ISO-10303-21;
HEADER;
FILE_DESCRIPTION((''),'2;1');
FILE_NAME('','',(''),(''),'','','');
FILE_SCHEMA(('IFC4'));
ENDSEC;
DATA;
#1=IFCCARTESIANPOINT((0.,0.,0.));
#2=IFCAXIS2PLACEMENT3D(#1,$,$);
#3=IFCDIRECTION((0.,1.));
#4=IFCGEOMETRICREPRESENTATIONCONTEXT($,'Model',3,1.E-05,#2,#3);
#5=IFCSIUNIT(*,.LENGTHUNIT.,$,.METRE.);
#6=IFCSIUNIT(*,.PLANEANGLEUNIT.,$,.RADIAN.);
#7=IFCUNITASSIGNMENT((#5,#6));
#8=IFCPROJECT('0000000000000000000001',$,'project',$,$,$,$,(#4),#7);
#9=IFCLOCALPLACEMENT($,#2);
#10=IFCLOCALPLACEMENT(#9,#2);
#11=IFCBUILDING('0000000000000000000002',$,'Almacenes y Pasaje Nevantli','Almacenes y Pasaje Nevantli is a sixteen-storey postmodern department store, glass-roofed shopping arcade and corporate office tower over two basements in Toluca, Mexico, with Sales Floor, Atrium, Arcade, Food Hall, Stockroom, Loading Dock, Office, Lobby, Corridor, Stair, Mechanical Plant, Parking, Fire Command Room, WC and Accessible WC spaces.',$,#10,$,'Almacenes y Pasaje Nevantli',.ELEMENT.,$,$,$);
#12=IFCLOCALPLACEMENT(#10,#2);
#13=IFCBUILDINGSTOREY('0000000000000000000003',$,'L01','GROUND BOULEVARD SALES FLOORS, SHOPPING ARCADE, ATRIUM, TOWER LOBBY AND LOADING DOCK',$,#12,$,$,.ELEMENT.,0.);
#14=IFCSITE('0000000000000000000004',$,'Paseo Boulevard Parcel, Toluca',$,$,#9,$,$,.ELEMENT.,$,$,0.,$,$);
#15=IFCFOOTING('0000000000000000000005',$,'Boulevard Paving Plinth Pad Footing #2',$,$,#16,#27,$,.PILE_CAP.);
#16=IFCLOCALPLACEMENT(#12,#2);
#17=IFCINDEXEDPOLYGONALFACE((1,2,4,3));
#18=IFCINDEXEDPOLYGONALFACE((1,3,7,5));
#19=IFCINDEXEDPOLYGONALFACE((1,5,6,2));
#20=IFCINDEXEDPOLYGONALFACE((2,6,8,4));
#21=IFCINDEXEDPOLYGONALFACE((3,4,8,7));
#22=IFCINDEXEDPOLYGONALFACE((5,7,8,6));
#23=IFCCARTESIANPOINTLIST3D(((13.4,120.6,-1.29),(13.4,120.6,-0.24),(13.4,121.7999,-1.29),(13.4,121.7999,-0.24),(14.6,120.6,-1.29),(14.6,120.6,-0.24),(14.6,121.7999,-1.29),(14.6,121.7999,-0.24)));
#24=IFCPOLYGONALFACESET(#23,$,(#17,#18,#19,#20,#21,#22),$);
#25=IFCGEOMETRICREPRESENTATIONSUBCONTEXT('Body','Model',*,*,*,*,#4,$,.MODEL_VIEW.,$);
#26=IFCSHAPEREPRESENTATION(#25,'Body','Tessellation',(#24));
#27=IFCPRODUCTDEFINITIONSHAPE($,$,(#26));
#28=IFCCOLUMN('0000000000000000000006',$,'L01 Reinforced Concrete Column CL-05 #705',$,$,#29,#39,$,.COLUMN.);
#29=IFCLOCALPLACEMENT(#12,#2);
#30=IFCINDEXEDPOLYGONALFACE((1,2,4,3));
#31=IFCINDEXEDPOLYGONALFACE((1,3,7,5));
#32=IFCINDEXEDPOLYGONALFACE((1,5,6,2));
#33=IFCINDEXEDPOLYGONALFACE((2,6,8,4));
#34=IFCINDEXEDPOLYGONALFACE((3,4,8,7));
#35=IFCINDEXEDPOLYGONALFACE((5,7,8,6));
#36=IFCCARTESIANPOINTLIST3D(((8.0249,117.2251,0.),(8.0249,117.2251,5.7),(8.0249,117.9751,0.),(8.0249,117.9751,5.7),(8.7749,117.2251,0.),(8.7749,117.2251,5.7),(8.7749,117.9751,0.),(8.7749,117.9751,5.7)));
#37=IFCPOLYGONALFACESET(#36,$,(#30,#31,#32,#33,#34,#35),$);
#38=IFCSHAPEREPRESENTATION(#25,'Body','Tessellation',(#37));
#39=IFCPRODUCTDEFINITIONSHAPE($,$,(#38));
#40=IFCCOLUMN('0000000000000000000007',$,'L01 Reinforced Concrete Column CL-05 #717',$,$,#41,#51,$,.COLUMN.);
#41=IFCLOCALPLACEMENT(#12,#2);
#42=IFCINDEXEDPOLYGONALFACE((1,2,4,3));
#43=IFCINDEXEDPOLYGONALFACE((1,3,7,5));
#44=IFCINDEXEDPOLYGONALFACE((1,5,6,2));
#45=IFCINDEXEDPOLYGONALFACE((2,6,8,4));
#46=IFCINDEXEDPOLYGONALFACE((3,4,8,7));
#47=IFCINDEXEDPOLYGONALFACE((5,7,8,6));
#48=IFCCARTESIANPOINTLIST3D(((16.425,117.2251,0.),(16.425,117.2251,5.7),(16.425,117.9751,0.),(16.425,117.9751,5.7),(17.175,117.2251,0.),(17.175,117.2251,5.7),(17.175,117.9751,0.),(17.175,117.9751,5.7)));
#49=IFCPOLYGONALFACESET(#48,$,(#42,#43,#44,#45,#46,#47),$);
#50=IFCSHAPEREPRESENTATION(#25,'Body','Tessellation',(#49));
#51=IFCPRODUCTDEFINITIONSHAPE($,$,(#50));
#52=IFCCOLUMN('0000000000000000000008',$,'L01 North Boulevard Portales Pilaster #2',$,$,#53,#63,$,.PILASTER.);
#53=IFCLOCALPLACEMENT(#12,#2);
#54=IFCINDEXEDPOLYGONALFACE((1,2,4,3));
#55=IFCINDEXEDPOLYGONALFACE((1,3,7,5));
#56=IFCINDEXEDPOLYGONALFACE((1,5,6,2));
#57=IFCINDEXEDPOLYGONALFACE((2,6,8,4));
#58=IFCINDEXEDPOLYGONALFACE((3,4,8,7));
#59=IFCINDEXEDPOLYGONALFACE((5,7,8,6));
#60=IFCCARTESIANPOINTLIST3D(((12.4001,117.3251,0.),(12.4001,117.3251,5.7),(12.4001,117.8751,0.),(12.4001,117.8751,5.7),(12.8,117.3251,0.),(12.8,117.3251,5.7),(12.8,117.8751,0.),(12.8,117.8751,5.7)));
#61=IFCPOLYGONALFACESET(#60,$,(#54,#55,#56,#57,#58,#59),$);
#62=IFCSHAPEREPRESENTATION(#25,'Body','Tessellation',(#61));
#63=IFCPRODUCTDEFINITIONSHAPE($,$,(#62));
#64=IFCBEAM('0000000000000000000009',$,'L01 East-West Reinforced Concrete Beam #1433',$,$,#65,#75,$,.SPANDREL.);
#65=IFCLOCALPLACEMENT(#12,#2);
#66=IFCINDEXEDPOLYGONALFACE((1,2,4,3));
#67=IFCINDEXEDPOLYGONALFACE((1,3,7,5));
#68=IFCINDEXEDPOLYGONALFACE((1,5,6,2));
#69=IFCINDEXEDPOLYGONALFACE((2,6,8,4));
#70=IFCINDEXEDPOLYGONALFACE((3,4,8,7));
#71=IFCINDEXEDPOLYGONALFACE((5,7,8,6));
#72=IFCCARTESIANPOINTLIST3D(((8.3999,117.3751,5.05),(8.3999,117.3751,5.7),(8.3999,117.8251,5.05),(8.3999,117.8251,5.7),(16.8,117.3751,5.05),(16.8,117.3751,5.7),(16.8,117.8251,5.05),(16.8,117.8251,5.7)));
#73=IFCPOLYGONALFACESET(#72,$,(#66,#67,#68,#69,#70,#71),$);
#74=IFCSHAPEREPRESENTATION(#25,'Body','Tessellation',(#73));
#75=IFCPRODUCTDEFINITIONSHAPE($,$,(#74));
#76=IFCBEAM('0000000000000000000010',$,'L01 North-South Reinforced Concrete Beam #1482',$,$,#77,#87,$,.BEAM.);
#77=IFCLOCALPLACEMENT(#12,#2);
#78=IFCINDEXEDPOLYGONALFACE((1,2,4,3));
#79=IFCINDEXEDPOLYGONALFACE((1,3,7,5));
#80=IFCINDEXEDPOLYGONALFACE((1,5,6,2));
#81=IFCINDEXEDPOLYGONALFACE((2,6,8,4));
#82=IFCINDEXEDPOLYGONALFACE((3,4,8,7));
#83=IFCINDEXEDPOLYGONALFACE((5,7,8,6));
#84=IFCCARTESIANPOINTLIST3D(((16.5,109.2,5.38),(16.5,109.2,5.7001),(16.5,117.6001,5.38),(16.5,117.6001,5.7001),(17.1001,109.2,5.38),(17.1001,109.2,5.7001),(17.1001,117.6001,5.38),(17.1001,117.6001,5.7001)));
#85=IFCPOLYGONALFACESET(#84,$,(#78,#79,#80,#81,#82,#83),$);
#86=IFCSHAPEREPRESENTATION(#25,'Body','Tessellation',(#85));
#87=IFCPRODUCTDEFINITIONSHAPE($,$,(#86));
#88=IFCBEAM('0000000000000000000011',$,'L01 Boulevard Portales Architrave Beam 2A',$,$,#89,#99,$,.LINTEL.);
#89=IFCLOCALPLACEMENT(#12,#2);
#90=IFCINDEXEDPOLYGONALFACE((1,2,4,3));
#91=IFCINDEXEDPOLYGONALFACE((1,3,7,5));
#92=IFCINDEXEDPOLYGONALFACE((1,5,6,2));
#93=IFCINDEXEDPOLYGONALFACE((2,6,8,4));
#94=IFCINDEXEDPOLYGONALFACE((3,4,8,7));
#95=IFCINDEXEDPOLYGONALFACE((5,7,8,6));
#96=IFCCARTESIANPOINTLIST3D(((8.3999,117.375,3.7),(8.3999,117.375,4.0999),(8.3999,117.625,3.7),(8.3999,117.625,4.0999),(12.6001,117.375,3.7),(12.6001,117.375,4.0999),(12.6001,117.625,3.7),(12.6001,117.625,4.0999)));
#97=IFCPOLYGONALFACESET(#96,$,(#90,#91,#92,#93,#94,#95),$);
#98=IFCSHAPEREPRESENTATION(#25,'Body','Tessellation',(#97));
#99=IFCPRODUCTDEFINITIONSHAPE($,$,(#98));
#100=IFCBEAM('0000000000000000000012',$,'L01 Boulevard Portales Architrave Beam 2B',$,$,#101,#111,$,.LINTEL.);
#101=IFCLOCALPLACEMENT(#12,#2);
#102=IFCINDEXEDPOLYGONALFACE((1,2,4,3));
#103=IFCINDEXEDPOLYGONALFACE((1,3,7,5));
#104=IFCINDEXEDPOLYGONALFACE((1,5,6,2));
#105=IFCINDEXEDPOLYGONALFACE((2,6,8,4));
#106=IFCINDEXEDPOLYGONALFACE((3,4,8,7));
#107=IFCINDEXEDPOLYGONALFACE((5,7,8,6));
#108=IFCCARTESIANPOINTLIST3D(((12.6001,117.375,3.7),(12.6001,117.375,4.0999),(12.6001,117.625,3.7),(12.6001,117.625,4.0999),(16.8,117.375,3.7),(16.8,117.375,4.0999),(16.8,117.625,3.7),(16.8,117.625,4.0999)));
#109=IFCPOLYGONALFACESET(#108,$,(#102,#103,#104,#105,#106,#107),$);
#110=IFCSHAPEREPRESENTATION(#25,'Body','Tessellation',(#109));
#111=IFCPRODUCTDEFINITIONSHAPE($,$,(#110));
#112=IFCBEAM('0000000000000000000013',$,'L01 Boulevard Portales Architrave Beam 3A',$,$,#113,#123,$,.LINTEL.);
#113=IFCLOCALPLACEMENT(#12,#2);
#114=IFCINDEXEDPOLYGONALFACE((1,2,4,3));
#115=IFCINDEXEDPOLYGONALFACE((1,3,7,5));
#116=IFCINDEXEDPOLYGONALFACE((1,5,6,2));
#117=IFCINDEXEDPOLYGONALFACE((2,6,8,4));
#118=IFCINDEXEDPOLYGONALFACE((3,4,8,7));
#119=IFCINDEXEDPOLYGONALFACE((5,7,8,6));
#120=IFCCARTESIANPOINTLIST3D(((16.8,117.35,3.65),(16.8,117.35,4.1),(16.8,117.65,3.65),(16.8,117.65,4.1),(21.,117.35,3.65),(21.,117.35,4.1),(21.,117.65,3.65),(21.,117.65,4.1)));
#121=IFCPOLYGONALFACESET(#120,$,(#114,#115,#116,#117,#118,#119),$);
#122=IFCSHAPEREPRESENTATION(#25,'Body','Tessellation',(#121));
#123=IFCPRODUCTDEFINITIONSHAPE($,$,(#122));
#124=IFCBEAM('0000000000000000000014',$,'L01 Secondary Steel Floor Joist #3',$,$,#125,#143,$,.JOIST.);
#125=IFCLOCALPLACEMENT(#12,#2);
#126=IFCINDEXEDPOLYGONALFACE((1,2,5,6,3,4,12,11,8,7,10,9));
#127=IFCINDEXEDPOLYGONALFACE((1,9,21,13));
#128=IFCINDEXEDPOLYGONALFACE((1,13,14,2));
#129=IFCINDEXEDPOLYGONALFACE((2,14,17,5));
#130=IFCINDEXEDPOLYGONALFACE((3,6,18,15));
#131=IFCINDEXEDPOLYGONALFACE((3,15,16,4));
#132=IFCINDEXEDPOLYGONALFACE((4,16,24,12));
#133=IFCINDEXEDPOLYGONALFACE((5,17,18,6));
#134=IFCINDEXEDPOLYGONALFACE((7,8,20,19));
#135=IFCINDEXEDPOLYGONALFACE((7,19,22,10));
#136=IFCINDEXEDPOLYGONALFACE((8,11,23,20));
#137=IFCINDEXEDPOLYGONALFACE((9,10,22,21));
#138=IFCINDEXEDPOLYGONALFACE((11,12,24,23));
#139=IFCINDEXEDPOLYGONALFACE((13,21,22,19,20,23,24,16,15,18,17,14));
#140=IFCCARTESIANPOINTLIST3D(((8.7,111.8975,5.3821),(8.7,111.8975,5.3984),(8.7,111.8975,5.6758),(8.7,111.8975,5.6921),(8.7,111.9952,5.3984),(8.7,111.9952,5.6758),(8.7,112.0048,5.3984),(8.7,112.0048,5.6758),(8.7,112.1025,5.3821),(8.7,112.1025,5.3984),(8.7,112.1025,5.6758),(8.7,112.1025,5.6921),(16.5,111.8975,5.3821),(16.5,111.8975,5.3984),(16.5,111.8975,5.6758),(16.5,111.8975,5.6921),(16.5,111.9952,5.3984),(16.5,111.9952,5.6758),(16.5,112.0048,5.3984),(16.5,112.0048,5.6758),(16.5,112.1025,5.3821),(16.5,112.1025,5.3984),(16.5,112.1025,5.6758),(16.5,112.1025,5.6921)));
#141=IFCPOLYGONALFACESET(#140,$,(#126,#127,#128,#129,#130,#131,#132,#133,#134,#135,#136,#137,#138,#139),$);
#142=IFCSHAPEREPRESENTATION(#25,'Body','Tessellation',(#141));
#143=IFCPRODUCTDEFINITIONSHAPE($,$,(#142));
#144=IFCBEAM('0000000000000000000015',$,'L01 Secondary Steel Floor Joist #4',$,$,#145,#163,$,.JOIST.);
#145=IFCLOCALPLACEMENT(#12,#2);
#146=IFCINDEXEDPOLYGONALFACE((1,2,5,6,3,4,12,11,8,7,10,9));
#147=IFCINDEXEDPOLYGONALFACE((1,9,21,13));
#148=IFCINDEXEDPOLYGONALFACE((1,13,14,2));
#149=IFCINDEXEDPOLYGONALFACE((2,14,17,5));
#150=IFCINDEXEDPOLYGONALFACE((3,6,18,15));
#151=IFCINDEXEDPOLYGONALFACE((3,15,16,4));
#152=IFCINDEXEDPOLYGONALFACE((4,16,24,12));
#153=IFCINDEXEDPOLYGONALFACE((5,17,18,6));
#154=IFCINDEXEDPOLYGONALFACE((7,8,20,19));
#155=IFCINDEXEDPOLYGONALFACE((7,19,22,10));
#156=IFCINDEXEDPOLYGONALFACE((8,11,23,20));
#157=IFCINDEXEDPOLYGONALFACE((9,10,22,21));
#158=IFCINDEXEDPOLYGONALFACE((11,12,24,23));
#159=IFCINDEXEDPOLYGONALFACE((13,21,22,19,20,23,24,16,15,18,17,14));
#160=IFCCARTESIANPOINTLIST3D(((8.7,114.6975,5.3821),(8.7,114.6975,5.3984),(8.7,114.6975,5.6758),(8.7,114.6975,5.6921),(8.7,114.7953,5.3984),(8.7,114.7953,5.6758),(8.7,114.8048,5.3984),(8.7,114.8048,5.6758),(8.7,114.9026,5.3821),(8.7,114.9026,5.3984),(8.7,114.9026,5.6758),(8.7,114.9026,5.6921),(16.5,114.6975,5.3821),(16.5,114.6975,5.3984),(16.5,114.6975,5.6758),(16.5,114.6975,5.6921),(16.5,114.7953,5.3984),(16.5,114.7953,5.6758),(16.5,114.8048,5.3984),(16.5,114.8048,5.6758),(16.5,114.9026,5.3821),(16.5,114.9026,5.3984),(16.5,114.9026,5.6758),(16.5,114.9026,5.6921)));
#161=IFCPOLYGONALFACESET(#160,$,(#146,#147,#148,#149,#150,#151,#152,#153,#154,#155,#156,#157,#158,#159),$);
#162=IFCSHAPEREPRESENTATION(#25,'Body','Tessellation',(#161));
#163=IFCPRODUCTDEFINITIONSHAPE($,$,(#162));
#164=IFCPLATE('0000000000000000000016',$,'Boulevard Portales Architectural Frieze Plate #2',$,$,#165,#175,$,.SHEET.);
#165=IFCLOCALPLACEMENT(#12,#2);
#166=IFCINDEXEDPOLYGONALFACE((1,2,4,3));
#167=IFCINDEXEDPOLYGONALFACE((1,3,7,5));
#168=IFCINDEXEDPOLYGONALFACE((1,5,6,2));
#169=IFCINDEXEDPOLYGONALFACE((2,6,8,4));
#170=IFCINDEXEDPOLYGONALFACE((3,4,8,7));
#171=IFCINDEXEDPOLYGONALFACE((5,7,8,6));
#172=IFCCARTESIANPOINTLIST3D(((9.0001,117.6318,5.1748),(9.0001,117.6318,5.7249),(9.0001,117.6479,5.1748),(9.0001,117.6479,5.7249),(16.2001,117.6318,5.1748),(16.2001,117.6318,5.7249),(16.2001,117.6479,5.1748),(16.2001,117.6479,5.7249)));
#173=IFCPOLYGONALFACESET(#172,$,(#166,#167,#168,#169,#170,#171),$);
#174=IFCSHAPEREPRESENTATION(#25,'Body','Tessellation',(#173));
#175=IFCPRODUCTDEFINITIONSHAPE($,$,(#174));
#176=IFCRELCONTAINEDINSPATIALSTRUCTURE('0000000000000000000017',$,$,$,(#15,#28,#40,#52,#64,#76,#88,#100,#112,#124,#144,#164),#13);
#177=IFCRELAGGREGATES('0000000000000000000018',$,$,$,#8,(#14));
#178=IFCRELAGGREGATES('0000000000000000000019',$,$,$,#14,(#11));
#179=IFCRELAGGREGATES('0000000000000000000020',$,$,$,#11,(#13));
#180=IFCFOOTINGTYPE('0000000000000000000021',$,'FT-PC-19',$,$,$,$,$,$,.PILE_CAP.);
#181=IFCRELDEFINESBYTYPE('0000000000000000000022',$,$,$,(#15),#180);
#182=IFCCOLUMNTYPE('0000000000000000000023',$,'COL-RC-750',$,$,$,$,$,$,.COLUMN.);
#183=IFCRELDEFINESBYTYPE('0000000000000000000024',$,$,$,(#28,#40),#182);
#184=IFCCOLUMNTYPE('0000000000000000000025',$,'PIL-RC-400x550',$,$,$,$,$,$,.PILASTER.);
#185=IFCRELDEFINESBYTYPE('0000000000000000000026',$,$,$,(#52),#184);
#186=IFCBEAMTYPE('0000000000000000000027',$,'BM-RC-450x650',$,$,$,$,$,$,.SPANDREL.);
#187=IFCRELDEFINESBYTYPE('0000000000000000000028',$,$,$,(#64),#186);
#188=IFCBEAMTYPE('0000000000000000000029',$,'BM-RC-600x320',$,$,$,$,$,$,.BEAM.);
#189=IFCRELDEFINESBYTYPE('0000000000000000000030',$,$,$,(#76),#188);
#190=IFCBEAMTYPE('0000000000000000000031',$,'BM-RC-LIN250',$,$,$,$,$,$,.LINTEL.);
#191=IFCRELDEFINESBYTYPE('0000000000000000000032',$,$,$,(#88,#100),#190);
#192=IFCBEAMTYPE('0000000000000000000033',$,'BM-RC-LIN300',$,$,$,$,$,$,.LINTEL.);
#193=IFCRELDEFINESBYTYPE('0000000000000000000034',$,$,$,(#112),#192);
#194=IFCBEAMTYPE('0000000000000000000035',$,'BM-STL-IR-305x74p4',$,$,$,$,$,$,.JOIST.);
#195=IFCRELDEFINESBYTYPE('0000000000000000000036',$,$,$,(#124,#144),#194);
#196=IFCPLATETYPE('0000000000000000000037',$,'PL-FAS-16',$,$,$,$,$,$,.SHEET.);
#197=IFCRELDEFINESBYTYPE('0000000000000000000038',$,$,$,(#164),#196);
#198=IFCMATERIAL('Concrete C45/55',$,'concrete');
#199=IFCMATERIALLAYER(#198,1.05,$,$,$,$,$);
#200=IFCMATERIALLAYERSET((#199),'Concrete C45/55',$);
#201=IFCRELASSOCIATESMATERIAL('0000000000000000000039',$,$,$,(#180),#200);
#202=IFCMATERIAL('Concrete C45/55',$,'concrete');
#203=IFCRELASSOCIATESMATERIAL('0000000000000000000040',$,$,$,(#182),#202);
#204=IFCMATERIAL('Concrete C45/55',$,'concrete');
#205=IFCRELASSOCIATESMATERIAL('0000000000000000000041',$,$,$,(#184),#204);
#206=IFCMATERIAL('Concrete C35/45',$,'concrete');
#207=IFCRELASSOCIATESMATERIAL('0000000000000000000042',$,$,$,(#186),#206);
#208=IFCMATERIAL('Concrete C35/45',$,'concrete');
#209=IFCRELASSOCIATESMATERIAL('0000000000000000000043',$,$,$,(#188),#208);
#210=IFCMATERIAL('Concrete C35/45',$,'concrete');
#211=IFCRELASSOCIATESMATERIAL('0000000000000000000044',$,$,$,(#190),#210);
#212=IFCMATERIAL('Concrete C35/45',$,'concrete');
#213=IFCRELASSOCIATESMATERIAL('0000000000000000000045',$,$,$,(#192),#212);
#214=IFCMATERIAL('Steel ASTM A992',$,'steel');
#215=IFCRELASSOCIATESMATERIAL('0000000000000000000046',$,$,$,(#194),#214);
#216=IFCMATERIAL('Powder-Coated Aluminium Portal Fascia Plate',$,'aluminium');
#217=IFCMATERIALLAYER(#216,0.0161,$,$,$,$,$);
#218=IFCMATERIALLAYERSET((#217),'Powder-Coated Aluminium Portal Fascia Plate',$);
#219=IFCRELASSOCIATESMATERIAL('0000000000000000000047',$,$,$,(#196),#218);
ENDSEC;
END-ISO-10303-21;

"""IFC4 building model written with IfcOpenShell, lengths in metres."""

from ifc_helpers import new_model, si_unit, direction, frame, origin, origin_2d, place, context, subcontext, project, spatial, rectangle, i_section, extrude, material, layer, layer_set, material_profile, profile_set, type_object, element, save


model = new_model("IFC4")

# Units and contexts
model_context = context("Model", 3, precision=1e-05, world=origin(), true_north=direction((0.0, 1.0)))
body_context = subcontext(model_context, "Body", "Model", "MODEL_VIEW")
ifc_project = project(units=[si_unit("LENGTHUNIT", "METRE"), si_unit("PLANEANGLEUNIT", "RADIAN")], contexts=[model_context])

# Site, building, storey
site_placement = place(None, origin())
site = spatial("IfcSite", under=ifc_project, at=site_placement, Name="Paseo Boulevard Parcel, Toluca", CompositionType="ELEMENT", RefElevation=0.0)
building_placement = place(site_placement, origin())
building = spatial("IfcBuilding", under=site, at=building_placement, Name="Almacenes y Pasaje Nevantli", Description="Almacenes y Pasaje Nevantli is a sixteen-storey postmodern department store, glass-roofed shopping arcade and corporate office tower over two basements in Toluca, Mexico, with Sales Floor, Atrium, Arcade, Food Hall, Stockroom, Loading Dock, Office, Lobby, Corridor, Stair, Mechanical Plant, Parking, Fire Command Room, WC and Accessible WC spaces.", LongName="Almacenes y Pasaje Nevantli", CompositionType="ELEMENT")
storey_placement = place(building_placement, origin())
storey = spatial("IfcBuildingStorey", under=building, at=storey_placement, Name="L01", Description="GROUND BOULEVARD SALES FLOORS, SHOPPING ARCADE, ATRIUM, TOWER LOBBY AND LOADING DOCK", CompositionType="ELEMENT", Elevation=0.0)

# Footing
ifc_material_1 = material(Name="Concrete C45/55", Category="concrete")
ifc_layer_1 = layer(ifc_material_1, 1.05)
ifc_layer_set_1 = layer_set([ifc_layer_1], Name="Concrete C45/55")
footing_type = type_object("IfcFootingType", Name="FT-PC-19", PredefinedType="PILE_CAP", material=ifc_layer_set_1)
footing_placement = place(storey_placement, frame((14.0, 121.2, -1.29), z_axis=(0.0, 0.0, 1.0), x_axis=(1.0, 0.0, 0.0)))
element("IfcFooting", 1, at=footing_placement, inside=storey, type_object=footing_type, Name="Boulevard Paving Plinth Pad Footing #2", PredefinedType="PILE_CAP", context=body_context, shape_type="SweptSolid", body=[
    extrude(rectangle(XDim=1.2, YDim=1.2, at=origin_2d()), origin(), (0.0, 0.0, 1.0), 1.05),
])

# Columns
ifc_material_2 = material(Name="Concrete C45/55", Category="concrete")
ifc_material_profile_1 = material_profile(ifc_material_2, rectangle(XDim=0.75, YDim=0.75, at=origin_2d()), Name="RC-COL-750x750")
ifc_profile_set_1 = profile_set([ifc_material_profile_1], Name="Concrete C45/55")
column_type_1 = type_object("IfcColumnType", Name="COL-RC-750", PredefinedType="COLUMN", material=ifc_profile_set_1)
for number, where, z_axis, x_axis, name in (
    (2, (8.3999, 117.6001, 0.0), (0.0, 0.0, 1.0), (1.0, 0.0, 0.0), "L01 Reinforced Concrete Column CL-05 #705"),
    (3, (16.8, 117.6001, 0.0), (0.0, 0.0, 1.0), (1.0, 0.0, 0.0), "L01 Reinforced Concrete Column CL-05 #717"),
):
    element("IfcColumn", number, at=place(storey_placement, frame(where, z_axis=z_axis, x_axis=x_axis)), inside=storey, type_object=column_type_1, Name=name, PredefinedType="COLUMN", context=body_context, shape_type="SweptSolid", body=[
        extrude(rectangle(XDim=0.75, YDim=0.75, at=origin_2d()), origin(), (0.0, 0.0, 1.0), 5.7),
    ])
ifc_material_3 = material(Name="Concrete C45/55", Category="concrete")
ifc_material_profile_2 = material_profile(ifc_material_3, rectangle(XDim=0.3999, YDim=0.55, at=origin_2d()), Name="RC-PIL-400x550")
ifc_profile_set_2 = profile_set([ifc_material_profile_2], Name="Concrete C45/55")
column_type_2 = type_object("IfcColumnType", Name="PIL-RC-400x550", PredefinedType="PILASTER", material=ifc_profile_set_2)
column_placement = place(storey_placement, frame((12.6001, 117.6001, 0.0), z_axis=(0.0, 0.0, 1.0), x_axis=(1.0, 0.0, 0.0)))
element("IfcColumn", 4, at=column_placement, inside=storey, type_object=column_type_2, Name="L01 North Boulevard Portales Pilaster #2", PredefinedType="PILASTER", context=body_context, shape_type="SweptSolid", body=[
    extrude(rectangle(XDim=0.3999, YDim=0.55, at=origin_2d()), origin(), (0.0, 0.0, 1.0), 5.7),
])

# Beams
ifc_material_4 = material(Name="Concrete C35/45", Category="concrete")
ifc_material_profile_3 = material_profile(ifc_material_4, rectangle(XDim=0.45, YDim=0.6499, at=origin_2d()), Name="RC-BM-450x650")
ifc_profile_set_3 = profile_set([ifc_material_profile_3], Name="Concrete C35/45")
beam_type_1 = type_object("IfcBeamType", Name="BM-RC-450x650", PredefinedType="SPANDREL", material=ifc_profile_set_3)
beam_1_placement = place(storey_placement, frame((8.3999, 117.6001, 5.375), z_axis=(1.0, 0.0, 0.0), x_axis=(0.0, 1.0, 0.0)))
element("IfcBeam", 5, at=beam_1_placement, inside=storey, type_object=beam_type_1, Name="L01 East-West Reinforced Concrete Beam #1433", PredefinedType="SPANDREL", context=body_context, shape_type="SweptSolid", body=[
    extrude(rectangle(XDim=0.45, YDim=0.6499, at=origin_2d()), origin(), (0.0, 0.0, 1.0), 8.4001),
])
ifc_material_5 = material(Name="Concrete C35/45", Category="concrete")
ifc_material_profile_4 = material_profile(ifc_material_5, rectangle(XDim=0.6001, YDim=0.3201, at=origin_2d()), Name="RC-BM-600x320")
ifc_profile_set_4 = profile_set([ifc_material_profile_4], Name="Concrete C35/45")
beam_type_2 = type_object("IfcBeamType", Name="BM-RC-600x320", PredefinedType="BEAM", material=ifc_profile_set_4)
beam_2_placement = place(storey_placement, frame((16.8, 109.2, 5.54), z_axis=(0.0, 1.0, 0.0), x_axis=(-1.0, 0.0, 0.0)))
element("IfcBeam", 6, at=beam_2_placement, inside=storey, type_object=beam_type_2, Name="L01 North-South Reinforced Concrete Beam #1482", PredefinedType="BEAM", context=body_context, shape_type="SweptSolid", body=[
    extrude(rectangle(XDim=0.6001, YDim=0.3201, at=origin_2d()), origin(), (0.0, 0.0, 1.0), 8.4001),
])
ifc_material_6 = material(Name="Concrete C35/45", Category="concrete")
ifc_material_profile_5 = material_profile(ifc_material_6, rectangle(XDim=0.25, YDim=0.3999, at=origin_2d()), Name="RC-LIN-250x400")
ifc_profile_set_5 = profile_set([ifc_material_profile_5], Name="Concrete C35/45")
beam_type_3 = type_object("IfcBeamType", Name="BM-RC-LIN250", PredefinedType="LINTEL", material=ifc_profile_set_5)
beam_3_placement = place(storey_placement, frame((8.3999, 117.5, 3.8999), z_axis=(1.0, 0.0, 0.0), x_axis=(0.0, 1.0, 0.0)))
element("IfcBeam", 7, at=beam_3_placement, inside=storey, type_object=beam_type_3, Name="L01 Boulevard Portales Architrave Beam 2A", PredefinedType="LINTEL", context=body_context, shape_type="SweptSolid", body=[
    extrude(rectangle(XDim=0.25, YDim=0.3999, at=origin_2d()), origin(), (0.0, 0.0, 1.0), 4.2002),
])
beam_4_placement = place(storey_placement, frame((12.6001, 117.5, 3.8999), z_axis=(1.0, 0.0, 0.0), x_axis=(0.0, 1.0, 0.0)))
element("IfcBeam", 8, at=beam_4_placement, inside=storey, type_object=beam_type_3, Name="L01 Boulevard Portales Architrave Beam 2B", PredefinedType="LINTEL", context=body_context, shape_type="SweptSolid", body=[
    extrude(rectangle(XDim=0.25, YDim=0.3999, at=origin_2d()), origin(), (0.0, 0.0, 1.0), 4.2),
])
ifc_material_7 = material(Name="Concrete C35/45", Category="concrete")
ifc_material_profile_6 = material_profile(ifc_material_7, rectangle(XDim=0.3, YDim=0.45, at=origin_2d()), Name="RC-LIN-300x450")
ifc_profile_set_6 = profile_set([ifc_material_profile_6], Name="Concrete C35/45")
beam_type_4 = type_object("IfcBeamType", Name="BM-RC-LIN300", PredefinedType="LINTEL", material=ifc_profile_set_6)
beam_5_placement = place(storey_placement, frame((16.8, 117.5, 3.875), z_axis=(1.0, 0.0, 0.0), x_axis=(0.0, 1.0, 0.0)))
element("IfcBeam", 9, at=beam_5_placement, inside=storey, type_object=beam_type_4, Name="L01 Boulevard Portales Architrave Beam 3A", PredefinedType="LINTEL", context=body_context, shape_type="SweptSolid", body=[
    extrude(rectangle(XDim=0.3, YDim=0.45, at=origin_2d()), origin(), (0.0, 0.0, 1.0), 4.2),
])
ifc_material_8 = material(Name="Steel ASTM A992", Category="steel")
ifc_material_profile_7 = material_profile(ifc_material_8, i_section(OverallWidth=0.2051, OverallDepth=0.3101, WebThickness=0.0095, FlangeThickness=0.0164, at=origin_2d()), Name="IR 305x74.4")
ifc_profile_set_7 = profile_set([ifc_material_profile_7], Name="Steel ASTM A992")
beam_type_5 = type_object("IfcBeamType", Name="BM-STL-IR-305x74p4", PredefinedType="JOIST", material=ifc_profile_set_7)
for number, where, z_axis, x_axis, name in (
    (10, (8.7, 112.0, 5.5371), (1.0, 0.0, 0.0), (0.0, 1.0, 0.0), "L01 Secondary Steel Floor Joist #3"),
    (11, (8.7, 114.8, 5.5371), (1.0, 0.0, 0.0), (0.0, 1.0, 0.0), "L01 Secondary Steel Floor Joist #4"),
):
    element("IfcBeam", number, at=place(storey_placement, frame(where, z_axis=z_axis, x_axis=x_axis)), inside=storey, type_object=beam_type_5, Name=name, PredefinedType="JOIST", context=body_context, shape_type="SweptSolid", body=[
        extrude(i_section(OverallWidth=0.2051, OverallDepth=0.3101, WebThickness=0.0095, FlangeThickness=0.0164, at=origin_2d()), origin(), (0.0, 0.0, 1.0), 7.8),
    ])

# Plate
ifc_material_9 = material(Name="Powder-Coated Aluminium Portal Fascia Plate", Category="aluminium")
ifc_layer_2 = layer(ifc_material_9, 0.0161)
ifc_layer_set_2 = layer_set([ifc_layer_2], Name="Powder-Coated Aluminium Portal Fascia Plate")
plate_type = type_object("IfcPlateType", Name="PL-FAS-16", PredefinedType="SHEET", material=ifc_layer_set_2)
plate_placement = place(storey_placement, frame((12.6001, 117.6399, 5.1748), z_axis=(0.0, 0.0, 1.0), x_axis=(1.0, 0.0, 0.0)))
element("IfcPlate", 12, at=plate_placement, inside=storey, type_object=plate_type, Name="Boulevard Portales Architectural Frieze Plate #2", PredefinedType="SHEET", context=body_context, shape_type="SweptSolid", body=[
    extrude(rectangle(XDim=7.2, YDim=0.0161, at=origin_2d()), origin(), (0.0, 0.0, 1.0), 0.55),
])

save(model, "model.ifc")
